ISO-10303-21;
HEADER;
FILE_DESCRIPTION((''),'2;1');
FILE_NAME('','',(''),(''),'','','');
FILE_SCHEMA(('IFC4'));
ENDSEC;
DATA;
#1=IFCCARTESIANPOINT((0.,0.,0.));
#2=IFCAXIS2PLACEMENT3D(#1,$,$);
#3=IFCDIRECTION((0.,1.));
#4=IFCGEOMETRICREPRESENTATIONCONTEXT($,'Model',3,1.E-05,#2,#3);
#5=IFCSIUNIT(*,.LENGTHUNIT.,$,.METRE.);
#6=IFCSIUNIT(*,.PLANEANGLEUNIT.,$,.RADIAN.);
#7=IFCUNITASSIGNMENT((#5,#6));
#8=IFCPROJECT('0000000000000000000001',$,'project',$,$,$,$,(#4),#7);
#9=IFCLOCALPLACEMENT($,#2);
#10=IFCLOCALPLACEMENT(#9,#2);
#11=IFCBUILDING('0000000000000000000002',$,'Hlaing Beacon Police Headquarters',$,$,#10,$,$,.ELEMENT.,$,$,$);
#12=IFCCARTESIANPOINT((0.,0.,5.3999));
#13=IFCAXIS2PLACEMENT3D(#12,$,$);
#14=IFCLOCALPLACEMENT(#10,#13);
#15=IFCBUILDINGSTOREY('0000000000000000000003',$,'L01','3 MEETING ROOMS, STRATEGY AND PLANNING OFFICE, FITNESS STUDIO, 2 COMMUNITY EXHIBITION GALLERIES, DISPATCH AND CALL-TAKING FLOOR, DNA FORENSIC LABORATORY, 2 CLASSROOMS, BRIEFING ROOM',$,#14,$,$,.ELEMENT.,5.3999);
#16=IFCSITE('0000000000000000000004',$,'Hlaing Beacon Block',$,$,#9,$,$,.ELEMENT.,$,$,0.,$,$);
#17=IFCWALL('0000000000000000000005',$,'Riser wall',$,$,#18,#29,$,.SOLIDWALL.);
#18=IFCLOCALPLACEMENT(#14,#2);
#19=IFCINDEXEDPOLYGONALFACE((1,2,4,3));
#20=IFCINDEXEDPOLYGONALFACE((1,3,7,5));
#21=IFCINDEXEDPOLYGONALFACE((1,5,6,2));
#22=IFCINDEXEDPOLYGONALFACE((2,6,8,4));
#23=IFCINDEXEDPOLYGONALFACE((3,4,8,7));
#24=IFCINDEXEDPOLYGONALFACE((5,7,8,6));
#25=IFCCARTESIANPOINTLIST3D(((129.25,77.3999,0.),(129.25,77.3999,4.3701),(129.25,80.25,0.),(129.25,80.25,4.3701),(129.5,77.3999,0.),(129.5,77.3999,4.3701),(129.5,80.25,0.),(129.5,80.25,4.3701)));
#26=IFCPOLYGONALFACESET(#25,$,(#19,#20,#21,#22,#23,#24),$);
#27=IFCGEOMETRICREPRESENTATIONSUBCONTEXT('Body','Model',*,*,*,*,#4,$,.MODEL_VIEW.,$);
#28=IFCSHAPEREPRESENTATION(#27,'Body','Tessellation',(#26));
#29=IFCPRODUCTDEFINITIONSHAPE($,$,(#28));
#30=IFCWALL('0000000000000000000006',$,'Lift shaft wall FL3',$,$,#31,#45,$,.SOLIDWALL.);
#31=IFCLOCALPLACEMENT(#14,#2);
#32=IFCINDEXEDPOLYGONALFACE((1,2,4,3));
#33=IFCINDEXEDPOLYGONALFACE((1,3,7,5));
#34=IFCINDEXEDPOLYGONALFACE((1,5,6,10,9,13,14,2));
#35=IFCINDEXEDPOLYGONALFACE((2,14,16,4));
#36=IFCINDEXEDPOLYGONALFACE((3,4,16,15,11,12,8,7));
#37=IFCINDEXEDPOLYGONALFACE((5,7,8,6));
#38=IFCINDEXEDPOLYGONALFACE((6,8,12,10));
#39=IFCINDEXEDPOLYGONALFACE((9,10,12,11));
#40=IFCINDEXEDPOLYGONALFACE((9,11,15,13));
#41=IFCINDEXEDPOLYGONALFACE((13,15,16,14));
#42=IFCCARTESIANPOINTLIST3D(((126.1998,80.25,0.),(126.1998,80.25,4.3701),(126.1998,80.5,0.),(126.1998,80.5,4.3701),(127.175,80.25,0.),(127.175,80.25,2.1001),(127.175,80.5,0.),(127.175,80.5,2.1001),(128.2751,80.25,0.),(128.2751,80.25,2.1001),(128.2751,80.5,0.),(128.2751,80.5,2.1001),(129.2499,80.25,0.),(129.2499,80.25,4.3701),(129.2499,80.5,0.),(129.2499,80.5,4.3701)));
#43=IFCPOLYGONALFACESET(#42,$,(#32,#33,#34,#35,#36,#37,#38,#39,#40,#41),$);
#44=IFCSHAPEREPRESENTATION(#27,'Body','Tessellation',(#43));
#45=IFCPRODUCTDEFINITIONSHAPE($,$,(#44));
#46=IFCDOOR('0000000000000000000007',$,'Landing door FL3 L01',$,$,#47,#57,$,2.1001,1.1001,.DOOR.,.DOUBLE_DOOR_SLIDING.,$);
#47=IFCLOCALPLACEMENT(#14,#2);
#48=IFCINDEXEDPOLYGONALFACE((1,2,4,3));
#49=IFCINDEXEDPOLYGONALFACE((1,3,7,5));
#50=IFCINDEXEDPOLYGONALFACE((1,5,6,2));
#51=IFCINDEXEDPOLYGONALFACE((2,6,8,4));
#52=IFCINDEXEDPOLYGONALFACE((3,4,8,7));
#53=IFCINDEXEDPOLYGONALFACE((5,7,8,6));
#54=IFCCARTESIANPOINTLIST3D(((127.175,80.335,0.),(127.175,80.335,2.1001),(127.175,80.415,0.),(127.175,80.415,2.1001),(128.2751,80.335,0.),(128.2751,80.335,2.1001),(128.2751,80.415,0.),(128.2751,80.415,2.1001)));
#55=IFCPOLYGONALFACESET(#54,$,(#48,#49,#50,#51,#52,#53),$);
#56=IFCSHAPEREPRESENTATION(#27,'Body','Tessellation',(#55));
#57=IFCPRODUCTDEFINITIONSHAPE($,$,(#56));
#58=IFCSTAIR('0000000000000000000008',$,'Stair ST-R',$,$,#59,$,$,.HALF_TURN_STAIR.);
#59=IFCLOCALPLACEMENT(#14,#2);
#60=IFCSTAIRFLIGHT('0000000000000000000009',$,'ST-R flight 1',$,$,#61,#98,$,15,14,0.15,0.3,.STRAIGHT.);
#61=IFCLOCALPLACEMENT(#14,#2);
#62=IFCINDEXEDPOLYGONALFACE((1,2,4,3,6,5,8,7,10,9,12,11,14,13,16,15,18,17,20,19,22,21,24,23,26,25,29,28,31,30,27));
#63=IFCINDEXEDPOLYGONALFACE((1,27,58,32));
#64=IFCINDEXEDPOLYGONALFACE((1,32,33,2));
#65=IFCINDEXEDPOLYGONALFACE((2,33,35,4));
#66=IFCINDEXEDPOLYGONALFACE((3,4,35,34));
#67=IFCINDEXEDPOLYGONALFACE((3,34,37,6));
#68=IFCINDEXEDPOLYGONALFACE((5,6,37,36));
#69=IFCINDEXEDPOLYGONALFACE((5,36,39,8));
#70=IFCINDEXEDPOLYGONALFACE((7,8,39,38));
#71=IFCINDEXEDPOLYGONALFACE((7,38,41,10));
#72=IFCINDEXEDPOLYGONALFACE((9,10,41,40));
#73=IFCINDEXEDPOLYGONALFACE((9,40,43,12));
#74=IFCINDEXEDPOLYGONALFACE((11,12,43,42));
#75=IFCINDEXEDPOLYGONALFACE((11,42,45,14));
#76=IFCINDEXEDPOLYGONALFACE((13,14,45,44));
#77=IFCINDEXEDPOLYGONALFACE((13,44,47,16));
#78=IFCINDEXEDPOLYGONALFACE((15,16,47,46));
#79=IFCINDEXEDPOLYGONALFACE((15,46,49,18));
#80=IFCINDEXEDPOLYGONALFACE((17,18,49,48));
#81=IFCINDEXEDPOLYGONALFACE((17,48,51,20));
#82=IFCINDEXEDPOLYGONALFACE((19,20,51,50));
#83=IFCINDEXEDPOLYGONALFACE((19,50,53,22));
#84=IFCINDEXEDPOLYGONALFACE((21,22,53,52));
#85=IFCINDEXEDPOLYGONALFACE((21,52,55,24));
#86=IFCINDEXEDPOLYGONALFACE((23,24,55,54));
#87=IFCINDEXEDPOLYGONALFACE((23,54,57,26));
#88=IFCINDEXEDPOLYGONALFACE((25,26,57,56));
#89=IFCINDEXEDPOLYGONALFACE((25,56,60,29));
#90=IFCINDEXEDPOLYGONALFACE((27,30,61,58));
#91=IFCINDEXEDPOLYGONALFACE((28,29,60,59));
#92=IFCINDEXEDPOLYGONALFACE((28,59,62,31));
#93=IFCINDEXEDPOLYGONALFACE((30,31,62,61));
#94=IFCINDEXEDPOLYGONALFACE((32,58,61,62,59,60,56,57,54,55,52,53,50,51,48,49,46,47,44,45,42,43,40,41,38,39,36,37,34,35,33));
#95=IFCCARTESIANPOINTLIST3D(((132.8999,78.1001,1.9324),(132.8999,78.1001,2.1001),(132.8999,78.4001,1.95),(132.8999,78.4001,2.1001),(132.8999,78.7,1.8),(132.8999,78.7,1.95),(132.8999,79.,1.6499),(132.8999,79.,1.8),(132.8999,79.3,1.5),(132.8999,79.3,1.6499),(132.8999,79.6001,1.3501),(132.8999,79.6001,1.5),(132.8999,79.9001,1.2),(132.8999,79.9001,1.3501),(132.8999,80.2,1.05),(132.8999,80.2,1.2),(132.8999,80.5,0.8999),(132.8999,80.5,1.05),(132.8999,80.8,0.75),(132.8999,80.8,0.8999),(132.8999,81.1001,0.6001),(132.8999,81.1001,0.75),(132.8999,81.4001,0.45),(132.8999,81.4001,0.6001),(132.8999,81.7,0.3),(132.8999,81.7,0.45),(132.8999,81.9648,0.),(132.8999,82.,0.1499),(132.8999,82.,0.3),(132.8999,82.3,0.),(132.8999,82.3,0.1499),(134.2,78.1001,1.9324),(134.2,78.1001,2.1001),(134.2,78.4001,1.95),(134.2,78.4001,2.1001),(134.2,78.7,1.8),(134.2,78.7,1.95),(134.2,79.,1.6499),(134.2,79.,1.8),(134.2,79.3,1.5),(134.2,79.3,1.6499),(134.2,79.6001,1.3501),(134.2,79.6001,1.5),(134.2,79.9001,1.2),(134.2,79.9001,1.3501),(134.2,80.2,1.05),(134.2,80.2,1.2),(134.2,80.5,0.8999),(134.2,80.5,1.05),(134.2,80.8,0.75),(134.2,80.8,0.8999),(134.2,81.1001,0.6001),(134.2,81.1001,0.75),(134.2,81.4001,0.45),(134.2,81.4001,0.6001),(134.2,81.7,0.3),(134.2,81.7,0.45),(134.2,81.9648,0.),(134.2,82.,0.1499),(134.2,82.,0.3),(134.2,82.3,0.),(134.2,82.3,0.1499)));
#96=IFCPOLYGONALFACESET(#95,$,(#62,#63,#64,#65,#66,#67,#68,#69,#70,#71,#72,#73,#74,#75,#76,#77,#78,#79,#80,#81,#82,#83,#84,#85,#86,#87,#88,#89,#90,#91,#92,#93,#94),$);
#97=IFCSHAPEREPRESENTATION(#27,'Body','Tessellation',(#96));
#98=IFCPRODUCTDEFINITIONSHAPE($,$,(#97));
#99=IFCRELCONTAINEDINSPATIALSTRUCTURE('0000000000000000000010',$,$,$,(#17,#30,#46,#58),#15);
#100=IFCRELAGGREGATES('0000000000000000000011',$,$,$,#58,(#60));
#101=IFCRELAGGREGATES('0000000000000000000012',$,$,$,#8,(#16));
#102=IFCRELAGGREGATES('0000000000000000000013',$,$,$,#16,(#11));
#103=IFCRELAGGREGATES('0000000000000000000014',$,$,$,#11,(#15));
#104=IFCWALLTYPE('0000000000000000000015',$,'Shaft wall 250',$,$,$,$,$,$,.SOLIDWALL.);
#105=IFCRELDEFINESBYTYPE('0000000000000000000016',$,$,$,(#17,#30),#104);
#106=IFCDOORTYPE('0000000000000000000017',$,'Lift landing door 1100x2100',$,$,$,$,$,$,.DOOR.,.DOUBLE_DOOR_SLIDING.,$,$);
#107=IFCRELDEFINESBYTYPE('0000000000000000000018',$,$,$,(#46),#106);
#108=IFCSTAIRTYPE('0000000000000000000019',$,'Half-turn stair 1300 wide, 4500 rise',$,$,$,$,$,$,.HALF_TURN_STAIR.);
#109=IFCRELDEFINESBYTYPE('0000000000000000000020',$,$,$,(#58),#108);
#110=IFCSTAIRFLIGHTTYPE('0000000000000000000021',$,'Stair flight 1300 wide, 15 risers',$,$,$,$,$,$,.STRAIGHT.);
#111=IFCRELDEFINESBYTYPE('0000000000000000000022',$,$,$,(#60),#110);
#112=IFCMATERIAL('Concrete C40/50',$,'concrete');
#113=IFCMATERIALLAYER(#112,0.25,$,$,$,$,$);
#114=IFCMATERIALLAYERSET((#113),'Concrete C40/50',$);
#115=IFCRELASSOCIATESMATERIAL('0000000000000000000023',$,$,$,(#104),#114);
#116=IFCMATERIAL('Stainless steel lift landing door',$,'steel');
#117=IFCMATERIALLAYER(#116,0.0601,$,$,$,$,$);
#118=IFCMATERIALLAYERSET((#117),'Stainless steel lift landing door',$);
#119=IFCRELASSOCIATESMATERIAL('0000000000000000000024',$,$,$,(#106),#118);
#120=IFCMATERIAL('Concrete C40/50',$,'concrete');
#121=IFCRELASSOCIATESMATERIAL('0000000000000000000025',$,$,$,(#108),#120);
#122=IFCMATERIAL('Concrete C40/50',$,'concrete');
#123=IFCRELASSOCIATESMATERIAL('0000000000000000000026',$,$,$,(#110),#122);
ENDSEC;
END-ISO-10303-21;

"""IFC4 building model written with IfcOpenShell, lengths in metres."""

from ifc_helpers import new_model, si_unit, direction, frame, frame_2d, origin, place, context, subcontext, project, spatial, polyline, rectangle, outline, extrude, material, layer, layer_set, type_object, element, fill, aggregate, save


model = new_model("IFC4")

# Units and contexts
model_context = context("Model", 3, precision=1e-05, world=origin(), true_north=direction((0.0, 1.0)))
body_context = subcontext(model_context, "Body", "Model", "MODEL_VIEW")
ifc_project = project(units=[si_unit("LENGTHUNIT", "METRE"), si_unit("PLANEANGLEUNIT", "RADIAN")], contexts=[model_context])

# Site, building, storey
site_placement = place(None, origin())
site = spatial("IfcSite", under=ifc_project, at=site_placement, Name="Hlaing Beacon Block", CompositionType="ELEMENT", RefElevation=0.0)
building_placement = place(site_placement, origin())
building = spatial("IfcBuilding", under=site, at=building_placement, Name="Hlaing Beacon Police Headquarters", CompositionType="ELEMENT")
storey_placement = place(building_placement, frame((0.0, 0.0, 5.3999)))
storey = spatial("IfcBuildingStorey", under=building, at=storey_placement, Name="L01", Description="3 MEETING ROOMS, STRATEGY AND PLANNING OFFICE, FITNESS STUDIO, 2 COMMUNITY EXHIBITION GALLERIES, DISPATCH AND CALL-TAKING FLOOR, DNA FORENSIC LABORATORY, 2 CLASSROOMS, BRIEFING ROOM", CompositionType="ELEMENT", Elevation=5.3999)

# Shared definitions
ifc_material_1 = material(Name="Concrete C40/50", Category="concrete")
ifc_layer_1 = layer(ifc_material_1, 0.25)
ifc_layer_set_1 = layer_set([ifc_layer_1], Name="Concrete C40/50")
wall_type_1 = type_object("IfcWallType", Name="Shaft wall 250", PredefinedType="SOLIDWALL", material=ifc_layer_set_1)

# Wall
wall_1_placement = place(storey_placement, frame((129.375, 80.25, 0.0), z_axis=(0.0, 0.0, 1.0), x_axis=(0.0, -1.0, 0.0)))
element("IfcWall", 1, at=wall_1_placement, inside=storey, type_object=wall_type_1, Name="Riser wall", PredefinedType="SOLIDWALL", context=body_context, shape_type="SweptSolid", body=[
    extrude(rectangle(XDim=2.8501, YDim=0.25, at=frame_2d((1.425, 0.0))), origin(), (0.0, 0.0, 1.0), 4.3701),
])

# Wall, opening, door
wall_2_placement = place(storey_placement, frame((126.2, 80.375, 0.0), z_axis=(0.0, 0.0, 1.0), x_axis=(1.0, 0.0, 0.0)))
wall_2 = element("IfcWall", 2, at=wall_2_placement, inside=storey, type_object=wall_type_1, Name="Lift shaft wall FL3", PredefinedType="SOLIDWALL", context=body_context, shape_type="SweptSolid", body=[
    extrude(rectangle(XDim=3.05, YDim=0.25, at=frame_2d((1.5249, 0.0))), origin(), (0.0, 0.0, 1.0), 4.3701),
])
opening_1_placement = place(wall_2_placement, frame((0.9751, 0.0, 0.0)))
opening_1 = element("IfcOpeningElement", 3, at=opening_1_placement, cuts=wall_2, PredefinedType="OPENING", context=body_context, shape_type="SweptSolid", body=[
    extrude(rectangle(XDim=1.1001, YDim=2.1001, at=frame_2d((0.55, 1.05))), frame((0.0, 0.135, 0.0), z_axis=(0.0, -1.0, 0.0), x_axis=(1.0, 0.0, 0.0)), (0.0, 0.0, 1.0), 0.27),
])
ifc_material_2 = material(Name="Stainless steel lift landing door", Category="steel")
ifc_layer_2 = layer(ifc_material_2, 0.0601)
ifc_layer_set_2 = layer_set([ifc_layer_2], Name="Stainless steel lift landing door")
door_type_1 = type_object("IfcDoorType", Name="Lift landing door 1100x2100", OperationType="DOUBLE_DOOR_SLIDING", PredefinedType="DOOR", material=ifc_layer_set_2)
door_1_placement = place(opening_1_placement, origin())
door_1 = element("IfcDoor", 4, at=door_1_placement, inside=storey, type_object=door_type_1, Name="Landing door FL3 L01", OperationType="DOUBLE_DOOR_SLIDING", OverallHeight=2.1001, OverallWidth=1.1001, PredefinedType="DOOR", context=body_context, shape_type="SweptSolid", body=[
    extrude(rectangle(XDim=1.1001, YDim=2.1001, at=frame_2d((0.55, 1.05))), frame((0.0, 0.04, 0.0), z_axis=(0.0, -1.0, 0.0), x_axis=(1.0, 0.0, 0.0)), (0.0, 0.0, 1.0), 0.0801),
])
fill(opening_1, door_1)

# Stair, stair flight
ifc_material_3 = material(Name="Concrete C40/50", Category="concrete")
stair_type = type_object("IfcStairType", Name="Half-turn stair 1300 wide, 4500 rise", PredefinedType="HALF_TURN_STAIR", material=ifc_material_3)
stair_placement = place(storey_placement, origin())
stair = element("IfcStair", 5, at=stair_placement, inside=storey, type_object=stair_type, Name="Stair ST-R", PredefinedType="HALF_TURN_STAIR")
ifc_material_4 = material(Name="Concrete C40/50", Category="concrete")
stair_flight_type = type_object("IfcStairFlightType", Name="Stair flight 1300 wide, 15 risers", PredefinedType="STRAIGHT", material=ifc_material_4)
stair_flight_placement = place(storey_placement, frame((133.55, 82.3, 0.0), z_axis=(0.0, 0.0, 1.0), x_axis=(0.0, -1.0, 0.0)))
stair_flight = element("IfcStairFlight", 6, at=stair_flight_placement, type_object=stair_flight_type, Name="ST-R flight 1", NumberOfRisers=15, NumberOfTreads=14, PredefinedType="STRAIGHT", RiserHeight=0.15, TreadLength=0.3, context=body_context, shape_type="SweptSolid", body=[
    extrude(outline(polyline([(0.0, 0.0), (0.0, 0.1499), (0.3, 0.1499), (0.3, 0.3), (0.6001, 0.3), (0.6001, 0.45), (0.8999, 0.45), (0.8999, 0.6001), (1.2, 0.6001), (1.2, 0.75), (1.5, 0.75), (1.5, 0.8999), (1.8, 0.8999), (1.8, 1.05), (2.1001, 1.05), (2.1001, 1.2), (2.3999, 1.2), (2.3999, 1.3501), (2.7, 1.3501), (2.7, 1.5), (3.0, 1.5), (3.0, 1.6499), (3.3, 1.6499), (3.3, 1.8), (3.6001, 1.8), (3.6001, 1.95), (3.8999, 1.95), (3.8999, 2.1001), (4.2, 2.1001), (4.2, 2.25), (4.2, 1.9324), (0.3352, 0.0), (0.0, 0.0)])), frame((0.0, 0.6499, 0.0), z_axis=(0.0, -1.0, 0.0), x_axis=(1.0, 0.0, 0.0)), (0.0, 0.0, 1.0), 1.3),
])
aggregate(stair, [stair_flight])

save(model, "model.ifc")
